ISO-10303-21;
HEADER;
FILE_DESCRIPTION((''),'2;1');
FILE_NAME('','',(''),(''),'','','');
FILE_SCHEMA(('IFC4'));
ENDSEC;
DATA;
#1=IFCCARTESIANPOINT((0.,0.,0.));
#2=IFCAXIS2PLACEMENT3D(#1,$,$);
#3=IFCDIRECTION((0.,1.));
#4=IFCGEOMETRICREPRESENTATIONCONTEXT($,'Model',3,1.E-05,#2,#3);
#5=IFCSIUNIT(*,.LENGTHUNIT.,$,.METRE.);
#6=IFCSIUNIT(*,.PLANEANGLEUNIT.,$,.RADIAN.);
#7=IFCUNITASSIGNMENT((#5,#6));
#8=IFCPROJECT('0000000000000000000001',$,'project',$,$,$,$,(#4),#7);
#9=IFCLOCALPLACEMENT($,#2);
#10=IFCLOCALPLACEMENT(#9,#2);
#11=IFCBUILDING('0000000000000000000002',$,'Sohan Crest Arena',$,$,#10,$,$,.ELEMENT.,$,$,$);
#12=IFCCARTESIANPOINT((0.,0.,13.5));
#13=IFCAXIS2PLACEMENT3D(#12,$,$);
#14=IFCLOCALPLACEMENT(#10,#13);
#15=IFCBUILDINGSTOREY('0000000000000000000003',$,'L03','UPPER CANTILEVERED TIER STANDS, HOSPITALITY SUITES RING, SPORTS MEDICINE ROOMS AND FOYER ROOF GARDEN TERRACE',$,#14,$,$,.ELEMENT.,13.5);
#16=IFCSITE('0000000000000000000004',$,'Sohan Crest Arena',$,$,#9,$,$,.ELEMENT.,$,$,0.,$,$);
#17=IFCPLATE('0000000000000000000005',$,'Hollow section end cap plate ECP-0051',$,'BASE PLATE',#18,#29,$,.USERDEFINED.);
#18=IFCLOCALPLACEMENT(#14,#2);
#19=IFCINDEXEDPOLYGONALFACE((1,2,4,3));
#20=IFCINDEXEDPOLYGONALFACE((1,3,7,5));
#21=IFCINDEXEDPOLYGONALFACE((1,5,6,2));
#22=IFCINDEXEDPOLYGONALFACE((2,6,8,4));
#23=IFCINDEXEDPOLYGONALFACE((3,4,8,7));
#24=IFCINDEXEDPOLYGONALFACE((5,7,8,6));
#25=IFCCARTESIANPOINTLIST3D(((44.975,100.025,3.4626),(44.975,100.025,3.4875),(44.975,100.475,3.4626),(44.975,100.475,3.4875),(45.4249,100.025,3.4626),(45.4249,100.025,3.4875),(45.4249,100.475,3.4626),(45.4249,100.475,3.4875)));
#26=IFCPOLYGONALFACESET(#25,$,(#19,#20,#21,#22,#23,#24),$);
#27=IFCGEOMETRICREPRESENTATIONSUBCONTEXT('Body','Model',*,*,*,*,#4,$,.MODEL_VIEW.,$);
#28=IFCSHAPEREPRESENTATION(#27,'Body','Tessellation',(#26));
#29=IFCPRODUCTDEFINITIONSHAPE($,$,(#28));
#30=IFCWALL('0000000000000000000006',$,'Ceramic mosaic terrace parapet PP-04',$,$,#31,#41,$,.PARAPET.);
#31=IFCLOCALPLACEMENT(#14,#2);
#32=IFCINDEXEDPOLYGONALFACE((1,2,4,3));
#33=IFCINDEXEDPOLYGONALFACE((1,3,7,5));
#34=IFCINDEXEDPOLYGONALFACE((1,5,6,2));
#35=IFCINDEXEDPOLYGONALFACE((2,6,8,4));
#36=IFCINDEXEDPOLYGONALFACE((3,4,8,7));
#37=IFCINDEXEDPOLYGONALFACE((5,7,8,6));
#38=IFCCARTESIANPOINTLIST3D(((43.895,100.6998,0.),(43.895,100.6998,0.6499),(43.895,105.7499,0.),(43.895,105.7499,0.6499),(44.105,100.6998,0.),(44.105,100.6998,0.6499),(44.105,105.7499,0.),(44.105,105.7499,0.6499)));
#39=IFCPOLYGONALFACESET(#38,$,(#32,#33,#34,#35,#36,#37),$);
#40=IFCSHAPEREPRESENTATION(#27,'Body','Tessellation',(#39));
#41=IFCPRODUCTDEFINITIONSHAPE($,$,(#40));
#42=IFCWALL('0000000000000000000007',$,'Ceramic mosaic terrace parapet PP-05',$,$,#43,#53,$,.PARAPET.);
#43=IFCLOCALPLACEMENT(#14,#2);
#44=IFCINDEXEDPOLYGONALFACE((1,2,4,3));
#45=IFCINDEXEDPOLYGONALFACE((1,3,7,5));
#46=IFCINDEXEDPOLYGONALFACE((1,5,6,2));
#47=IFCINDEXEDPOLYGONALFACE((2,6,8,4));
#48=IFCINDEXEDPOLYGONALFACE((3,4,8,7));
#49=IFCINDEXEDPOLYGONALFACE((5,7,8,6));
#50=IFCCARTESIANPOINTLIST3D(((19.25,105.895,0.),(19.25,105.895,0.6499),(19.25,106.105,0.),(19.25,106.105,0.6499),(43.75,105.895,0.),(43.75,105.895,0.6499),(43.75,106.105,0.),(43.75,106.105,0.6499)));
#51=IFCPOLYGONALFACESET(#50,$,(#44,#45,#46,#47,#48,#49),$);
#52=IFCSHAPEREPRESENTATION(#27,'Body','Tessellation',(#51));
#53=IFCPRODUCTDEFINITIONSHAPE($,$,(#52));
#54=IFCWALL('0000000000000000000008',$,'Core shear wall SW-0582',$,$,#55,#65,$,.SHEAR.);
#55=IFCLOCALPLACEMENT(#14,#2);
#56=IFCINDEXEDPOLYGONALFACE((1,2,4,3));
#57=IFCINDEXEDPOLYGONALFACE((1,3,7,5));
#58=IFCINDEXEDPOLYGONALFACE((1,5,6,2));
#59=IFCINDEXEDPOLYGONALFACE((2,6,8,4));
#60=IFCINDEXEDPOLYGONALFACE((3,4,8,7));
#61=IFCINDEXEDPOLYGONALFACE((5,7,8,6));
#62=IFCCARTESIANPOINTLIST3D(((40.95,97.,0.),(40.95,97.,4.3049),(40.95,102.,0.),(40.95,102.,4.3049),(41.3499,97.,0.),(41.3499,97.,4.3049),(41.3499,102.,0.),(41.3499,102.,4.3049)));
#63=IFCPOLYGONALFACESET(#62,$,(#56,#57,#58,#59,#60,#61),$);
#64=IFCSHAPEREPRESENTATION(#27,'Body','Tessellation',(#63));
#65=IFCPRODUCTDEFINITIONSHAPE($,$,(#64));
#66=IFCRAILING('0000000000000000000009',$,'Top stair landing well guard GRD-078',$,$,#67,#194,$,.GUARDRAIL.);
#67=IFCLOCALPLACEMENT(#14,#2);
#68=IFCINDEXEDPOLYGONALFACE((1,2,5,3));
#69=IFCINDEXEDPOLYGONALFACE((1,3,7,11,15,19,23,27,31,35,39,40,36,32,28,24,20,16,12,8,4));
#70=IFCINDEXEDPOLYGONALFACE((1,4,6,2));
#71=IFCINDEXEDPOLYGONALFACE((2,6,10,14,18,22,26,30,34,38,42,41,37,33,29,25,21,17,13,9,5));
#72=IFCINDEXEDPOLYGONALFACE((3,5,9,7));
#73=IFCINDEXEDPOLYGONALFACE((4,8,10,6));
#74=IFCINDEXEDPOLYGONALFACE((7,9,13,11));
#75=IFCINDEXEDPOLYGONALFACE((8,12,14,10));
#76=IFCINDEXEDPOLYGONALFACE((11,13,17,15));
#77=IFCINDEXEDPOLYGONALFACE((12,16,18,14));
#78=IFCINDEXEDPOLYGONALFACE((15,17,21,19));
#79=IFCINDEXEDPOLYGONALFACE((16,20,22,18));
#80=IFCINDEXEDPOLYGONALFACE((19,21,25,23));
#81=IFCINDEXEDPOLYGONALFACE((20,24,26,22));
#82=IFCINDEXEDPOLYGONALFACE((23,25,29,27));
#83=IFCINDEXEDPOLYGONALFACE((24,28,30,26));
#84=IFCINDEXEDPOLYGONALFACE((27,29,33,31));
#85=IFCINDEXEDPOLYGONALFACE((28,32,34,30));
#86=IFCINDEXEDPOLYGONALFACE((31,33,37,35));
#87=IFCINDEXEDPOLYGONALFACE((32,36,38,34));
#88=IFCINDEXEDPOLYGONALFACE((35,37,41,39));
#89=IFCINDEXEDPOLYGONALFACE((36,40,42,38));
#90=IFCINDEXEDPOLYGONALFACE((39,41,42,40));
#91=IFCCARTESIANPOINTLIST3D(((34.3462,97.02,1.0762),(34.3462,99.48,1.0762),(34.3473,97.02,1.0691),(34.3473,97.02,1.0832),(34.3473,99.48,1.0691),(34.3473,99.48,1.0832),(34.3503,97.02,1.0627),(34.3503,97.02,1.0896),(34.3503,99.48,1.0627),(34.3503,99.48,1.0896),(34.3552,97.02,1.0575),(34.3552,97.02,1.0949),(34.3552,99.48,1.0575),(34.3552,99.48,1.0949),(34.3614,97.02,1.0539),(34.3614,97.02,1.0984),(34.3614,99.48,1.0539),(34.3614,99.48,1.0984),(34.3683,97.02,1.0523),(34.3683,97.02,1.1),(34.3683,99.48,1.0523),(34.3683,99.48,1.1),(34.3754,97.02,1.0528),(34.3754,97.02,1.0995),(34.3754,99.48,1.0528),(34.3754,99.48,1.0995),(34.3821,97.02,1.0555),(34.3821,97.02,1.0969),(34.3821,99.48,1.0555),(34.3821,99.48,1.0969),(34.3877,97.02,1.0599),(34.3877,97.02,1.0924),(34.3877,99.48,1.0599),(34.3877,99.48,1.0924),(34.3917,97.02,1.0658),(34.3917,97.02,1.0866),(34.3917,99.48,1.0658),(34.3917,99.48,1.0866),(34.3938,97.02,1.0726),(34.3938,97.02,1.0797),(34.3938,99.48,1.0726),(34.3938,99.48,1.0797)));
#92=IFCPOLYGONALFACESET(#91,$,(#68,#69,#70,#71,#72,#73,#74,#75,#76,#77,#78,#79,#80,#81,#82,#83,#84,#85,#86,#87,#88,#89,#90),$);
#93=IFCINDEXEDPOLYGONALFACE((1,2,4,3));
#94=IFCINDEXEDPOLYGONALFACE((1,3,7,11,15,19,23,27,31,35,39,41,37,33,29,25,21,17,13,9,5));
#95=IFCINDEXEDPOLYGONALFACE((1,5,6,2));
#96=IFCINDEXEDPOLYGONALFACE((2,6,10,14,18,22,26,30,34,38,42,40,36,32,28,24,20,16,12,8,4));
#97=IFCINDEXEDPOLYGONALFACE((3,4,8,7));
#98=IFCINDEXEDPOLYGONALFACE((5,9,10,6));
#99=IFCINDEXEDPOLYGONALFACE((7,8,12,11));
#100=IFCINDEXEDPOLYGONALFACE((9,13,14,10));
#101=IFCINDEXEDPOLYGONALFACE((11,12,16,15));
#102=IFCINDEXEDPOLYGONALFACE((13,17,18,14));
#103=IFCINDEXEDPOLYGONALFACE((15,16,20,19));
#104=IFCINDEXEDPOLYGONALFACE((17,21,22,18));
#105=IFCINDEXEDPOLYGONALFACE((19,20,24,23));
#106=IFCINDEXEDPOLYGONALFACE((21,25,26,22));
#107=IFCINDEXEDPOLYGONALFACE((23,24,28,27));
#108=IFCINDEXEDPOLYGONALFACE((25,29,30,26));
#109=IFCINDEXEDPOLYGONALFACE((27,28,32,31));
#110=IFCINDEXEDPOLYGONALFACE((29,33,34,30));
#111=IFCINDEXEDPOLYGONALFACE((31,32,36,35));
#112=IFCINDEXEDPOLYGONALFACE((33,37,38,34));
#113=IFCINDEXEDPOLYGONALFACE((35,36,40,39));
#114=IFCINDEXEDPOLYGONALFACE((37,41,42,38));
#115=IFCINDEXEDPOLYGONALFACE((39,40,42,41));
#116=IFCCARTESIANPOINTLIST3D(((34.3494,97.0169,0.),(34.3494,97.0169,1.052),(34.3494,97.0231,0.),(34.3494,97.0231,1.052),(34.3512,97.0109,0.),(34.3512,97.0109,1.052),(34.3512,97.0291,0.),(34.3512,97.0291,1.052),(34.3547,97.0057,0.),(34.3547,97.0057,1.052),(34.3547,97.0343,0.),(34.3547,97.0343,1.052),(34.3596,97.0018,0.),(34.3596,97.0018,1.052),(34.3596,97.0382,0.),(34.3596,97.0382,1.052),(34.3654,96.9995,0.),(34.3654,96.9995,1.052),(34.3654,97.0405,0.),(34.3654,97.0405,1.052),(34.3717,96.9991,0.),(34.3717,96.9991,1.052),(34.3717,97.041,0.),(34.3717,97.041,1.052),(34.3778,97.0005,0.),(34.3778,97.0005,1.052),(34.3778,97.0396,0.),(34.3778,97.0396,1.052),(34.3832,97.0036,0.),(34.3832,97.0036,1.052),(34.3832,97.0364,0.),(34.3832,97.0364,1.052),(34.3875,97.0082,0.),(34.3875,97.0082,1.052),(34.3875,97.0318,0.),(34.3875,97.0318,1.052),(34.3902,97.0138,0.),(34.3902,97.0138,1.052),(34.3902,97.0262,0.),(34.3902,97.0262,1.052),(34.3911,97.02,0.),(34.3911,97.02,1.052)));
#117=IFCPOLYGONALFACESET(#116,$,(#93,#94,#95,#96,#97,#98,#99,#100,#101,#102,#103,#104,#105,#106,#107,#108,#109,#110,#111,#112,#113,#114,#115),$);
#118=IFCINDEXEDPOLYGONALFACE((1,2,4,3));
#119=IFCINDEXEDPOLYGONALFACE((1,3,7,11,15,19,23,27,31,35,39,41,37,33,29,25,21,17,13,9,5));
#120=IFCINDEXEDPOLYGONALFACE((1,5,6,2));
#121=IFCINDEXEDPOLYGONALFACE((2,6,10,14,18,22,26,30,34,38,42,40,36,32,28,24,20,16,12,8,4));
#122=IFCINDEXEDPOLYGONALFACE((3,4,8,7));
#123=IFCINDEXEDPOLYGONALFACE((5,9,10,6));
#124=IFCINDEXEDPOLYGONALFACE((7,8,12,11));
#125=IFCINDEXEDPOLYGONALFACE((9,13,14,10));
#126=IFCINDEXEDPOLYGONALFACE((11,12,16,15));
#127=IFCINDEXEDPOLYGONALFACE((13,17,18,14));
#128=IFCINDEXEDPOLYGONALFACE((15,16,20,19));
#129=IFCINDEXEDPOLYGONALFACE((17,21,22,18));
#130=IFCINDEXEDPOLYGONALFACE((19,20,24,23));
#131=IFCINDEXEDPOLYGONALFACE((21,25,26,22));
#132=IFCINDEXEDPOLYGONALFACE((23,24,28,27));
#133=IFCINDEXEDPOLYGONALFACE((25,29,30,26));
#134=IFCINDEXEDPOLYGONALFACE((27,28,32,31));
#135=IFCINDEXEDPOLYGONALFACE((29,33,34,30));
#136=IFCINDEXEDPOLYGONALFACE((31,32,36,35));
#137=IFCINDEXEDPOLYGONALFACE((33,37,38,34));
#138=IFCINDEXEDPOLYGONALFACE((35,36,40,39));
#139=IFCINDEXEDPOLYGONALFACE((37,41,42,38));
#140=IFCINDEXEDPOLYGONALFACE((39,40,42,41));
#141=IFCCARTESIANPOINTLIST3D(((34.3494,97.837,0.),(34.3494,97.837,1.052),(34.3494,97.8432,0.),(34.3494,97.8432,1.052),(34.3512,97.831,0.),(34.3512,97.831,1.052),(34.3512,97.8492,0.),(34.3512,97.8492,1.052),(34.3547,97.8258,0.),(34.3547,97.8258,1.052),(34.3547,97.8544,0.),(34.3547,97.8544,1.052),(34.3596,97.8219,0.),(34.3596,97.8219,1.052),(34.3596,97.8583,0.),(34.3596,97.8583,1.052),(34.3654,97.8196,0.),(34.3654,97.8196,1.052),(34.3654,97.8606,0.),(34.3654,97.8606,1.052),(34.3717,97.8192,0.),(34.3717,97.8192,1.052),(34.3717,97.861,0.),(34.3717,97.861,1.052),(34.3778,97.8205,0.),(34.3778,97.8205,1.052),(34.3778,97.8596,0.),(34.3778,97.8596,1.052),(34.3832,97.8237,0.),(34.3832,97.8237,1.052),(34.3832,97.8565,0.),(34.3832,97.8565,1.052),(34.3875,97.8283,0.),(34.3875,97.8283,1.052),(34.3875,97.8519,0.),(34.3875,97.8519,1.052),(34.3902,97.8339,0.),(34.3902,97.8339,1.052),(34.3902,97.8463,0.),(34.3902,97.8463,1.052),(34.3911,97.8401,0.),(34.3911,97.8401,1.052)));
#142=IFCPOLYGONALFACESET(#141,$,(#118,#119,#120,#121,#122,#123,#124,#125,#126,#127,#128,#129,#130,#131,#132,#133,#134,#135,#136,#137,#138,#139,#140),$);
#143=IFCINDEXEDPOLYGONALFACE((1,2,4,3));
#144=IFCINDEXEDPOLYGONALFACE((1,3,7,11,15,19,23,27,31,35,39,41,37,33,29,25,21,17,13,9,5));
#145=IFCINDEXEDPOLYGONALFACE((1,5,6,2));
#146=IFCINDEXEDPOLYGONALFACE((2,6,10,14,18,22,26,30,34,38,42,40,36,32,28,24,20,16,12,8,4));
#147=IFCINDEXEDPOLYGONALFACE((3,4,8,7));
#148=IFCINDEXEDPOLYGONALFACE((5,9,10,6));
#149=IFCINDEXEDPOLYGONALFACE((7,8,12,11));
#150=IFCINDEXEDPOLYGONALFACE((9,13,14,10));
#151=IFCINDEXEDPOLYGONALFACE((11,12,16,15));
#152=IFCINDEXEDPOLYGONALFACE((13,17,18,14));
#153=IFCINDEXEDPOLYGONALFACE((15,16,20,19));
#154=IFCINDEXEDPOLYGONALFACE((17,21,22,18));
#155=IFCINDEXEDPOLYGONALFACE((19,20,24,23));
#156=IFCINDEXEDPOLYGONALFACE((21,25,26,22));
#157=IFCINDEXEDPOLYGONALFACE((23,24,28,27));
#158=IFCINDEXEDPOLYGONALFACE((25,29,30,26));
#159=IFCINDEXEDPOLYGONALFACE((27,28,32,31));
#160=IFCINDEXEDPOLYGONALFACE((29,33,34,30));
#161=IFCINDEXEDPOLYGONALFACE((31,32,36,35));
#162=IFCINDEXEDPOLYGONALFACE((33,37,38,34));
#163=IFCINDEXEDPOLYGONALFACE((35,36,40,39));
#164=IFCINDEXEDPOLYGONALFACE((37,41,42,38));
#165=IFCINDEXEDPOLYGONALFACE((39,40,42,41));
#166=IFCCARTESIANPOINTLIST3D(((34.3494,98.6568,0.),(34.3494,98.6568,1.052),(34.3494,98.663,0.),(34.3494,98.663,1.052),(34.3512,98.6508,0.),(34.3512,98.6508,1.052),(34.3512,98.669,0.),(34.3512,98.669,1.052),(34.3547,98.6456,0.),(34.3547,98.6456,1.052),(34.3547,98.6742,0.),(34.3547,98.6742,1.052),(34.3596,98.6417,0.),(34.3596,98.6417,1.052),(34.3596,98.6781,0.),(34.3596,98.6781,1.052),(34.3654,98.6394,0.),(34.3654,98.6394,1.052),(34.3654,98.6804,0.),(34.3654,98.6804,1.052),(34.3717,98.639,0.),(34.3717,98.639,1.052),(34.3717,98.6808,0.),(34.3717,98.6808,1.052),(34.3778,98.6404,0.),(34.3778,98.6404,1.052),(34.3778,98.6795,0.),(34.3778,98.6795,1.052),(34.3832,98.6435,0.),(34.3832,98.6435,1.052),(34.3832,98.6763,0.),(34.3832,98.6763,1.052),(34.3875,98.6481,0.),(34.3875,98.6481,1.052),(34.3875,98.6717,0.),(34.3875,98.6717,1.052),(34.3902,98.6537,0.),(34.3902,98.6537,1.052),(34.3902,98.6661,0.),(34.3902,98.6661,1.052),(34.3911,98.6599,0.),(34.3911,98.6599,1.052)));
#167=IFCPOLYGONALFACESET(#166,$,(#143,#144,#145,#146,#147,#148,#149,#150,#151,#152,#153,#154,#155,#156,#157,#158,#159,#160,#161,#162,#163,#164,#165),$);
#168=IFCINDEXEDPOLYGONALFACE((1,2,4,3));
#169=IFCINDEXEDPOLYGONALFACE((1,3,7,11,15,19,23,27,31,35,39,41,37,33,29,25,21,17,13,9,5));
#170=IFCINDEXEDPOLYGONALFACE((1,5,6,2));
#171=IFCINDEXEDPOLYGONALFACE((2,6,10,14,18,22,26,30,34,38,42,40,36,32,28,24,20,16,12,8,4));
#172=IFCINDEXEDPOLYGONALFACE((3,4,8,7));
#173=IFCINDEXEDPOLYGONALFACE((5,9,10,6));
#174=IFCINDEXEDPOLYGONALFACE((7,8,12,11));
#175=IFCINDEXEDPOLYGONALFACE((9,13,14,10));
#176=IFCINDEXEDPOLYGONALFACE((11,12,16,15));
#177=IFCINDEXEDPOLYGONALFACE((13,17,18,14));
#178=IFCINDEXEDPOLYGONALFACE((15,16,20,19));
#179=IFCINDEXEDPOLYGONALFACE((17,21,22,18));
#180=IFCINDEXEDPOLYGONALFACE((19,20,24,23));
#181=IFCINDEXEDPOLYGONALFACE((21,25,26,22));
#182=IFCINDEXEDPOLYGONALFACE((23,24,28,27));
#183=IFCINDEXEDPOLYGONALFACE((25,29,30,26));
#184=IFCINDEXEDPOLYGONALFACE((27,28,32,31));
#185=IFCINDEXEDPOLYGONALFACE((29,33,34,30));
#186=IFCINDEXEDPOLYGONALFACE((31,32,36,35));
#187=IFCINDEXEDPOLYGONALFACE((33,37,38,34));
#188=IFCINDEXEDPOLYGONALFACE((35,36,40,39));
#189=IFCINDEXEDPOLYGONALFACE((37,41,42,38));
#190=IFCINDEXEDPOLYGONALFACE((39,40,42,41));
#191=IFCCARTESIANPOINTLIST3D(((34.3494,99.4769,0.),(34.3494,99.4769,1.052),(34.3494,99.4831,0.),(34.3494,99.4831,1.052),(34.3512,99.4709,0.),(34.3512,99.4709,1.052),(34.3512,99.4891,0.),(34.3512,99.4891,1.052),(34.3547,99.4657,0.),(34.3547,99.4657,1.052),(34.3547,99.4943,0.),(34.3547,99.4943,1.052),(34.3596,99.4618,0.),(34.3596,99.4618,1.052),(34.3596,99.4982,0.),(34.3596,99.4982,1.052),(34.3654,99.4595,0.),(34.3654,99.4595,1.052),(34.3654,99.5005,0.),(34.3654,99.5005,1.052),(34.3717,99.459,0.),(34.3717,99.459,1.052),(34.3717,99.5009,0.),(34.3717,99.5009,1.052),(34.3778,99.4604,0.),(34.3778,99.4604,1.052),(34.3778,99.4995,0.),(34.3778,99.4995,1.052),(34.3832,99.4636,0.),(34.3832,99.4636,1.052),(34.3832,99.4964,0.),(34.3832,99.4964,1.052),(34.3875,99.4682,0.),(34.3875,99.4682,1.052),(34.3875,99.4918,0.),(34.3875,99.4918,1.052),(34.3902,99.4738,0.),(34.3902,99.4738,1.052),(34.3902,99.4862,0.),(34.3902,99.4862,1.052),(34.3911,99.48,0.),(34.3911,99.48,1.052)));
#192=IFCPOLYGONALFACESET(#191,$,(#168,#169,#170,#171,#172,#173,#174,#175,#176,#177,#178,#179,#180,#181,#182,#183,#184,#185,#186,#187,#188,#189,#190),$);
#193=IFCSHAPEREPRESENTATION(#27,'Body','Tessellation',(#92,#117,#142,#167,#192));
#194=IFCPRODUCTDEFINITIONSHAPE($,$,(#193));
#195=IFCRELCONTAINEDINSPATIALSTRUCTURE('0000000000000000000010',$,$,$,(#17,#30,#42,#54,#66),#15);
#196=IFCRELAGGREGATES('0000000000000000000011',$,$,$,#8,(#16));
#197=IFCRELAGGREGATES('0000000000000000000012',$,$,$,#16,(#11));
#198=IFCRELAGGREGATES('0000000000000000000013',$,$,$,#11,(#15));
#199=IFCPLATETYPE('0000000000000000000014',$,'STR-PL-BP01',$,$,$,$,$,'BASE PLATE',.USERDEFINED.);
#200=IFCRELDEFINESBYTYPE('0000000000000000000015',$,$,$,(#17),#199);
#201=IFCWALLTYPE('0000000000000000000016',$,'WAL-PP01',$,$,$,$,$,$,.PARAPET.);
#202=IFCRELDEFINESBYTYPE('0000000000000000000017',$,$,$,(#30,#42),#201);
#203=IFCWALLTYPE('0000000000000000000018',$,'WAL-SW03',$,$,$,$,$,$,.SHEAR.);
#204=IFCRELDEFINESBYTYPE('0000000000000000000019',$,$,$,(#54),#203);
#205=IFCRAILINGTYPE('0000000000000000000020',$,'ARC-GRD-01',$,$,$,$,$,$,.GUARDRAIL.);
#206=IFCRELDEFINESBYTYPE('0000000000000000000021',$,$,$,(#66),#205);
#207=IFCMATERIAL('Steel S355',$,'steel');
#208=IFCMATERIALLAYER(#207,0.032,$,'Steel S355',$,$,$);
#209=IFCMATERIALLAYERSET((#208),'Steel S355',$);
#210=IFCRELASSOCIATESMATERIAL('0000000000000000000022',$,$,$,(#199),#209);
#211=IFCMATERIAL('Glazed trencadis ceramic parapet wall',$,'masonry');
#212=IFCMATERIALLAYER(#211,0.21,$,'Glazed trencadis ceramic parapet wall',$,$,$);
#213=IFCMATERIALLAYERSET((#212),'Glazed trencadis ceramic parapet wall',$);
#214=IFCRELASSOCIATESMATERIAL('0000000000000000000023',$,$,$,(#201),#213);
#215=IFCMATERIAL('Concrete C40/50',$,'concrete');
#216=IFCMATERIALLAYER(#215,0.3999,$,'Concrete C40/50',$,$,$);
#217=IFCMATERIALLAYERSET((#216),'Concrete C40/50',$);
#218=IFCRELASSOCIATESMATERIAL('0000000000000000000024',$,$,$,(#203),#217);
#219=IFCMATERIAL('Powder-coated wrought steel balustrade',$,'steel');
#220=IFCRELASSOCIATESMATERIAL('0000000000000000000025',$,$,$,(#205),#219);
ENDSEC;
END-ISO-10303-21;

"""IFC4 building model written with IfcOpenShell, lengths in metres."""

from ifc_helpers import new_model, si_unit, direction, frame, frame_2d, origin, origin_2d, place, context, subcontext, project, spatial, rectangle, circle, extrude, material, layer, layer_set, type_object, element, save


model = new_model("IFC4")

# Units and contexts
model_context = context("Model", 3, precision=1e-05, world=origin(), true_north=direction((0.0, 1.0)))
body_context = subcontext(model_context, "Body", "Model", "MODEL_VIEW")
ifc_project = project(units=[si_unit("LENGTHUNIT", "METRE"), si_unit("PLANEANGLEUNIT", "RADIAN")], contexts=[model_context])

# Site, building, storey
site_placement = place(None, origin())
site = spatial("IfcSite", under=ifc_project, at=site_placement, Name="Sohan Crest Arena", CompositionType="ELEMENT", RefElevation=0.0)
building_placement = place(site_placement, origin())
building = spatial("IfcBuilding", under=site, at=building_placement, Name="Sohan Crest Arena", CompositionType="ELEMENT")
storey_placement = place(building_placement, frame((0.0, 0.0, 13.5)))
storey = spatial("IfcBuildingStorey", under=building, at=storey_placement, Name="L03", Description="UPPER CANTILEVERED TIER STANDS, HOSPITALITY SUITES RING, SPORTS MEDICINE ROOMS AND FOYER ROOF GARDEN TERRACE", CompositionType="ELEMENT", Elevation=13.5)

# Shared definitions
ifc_material_1 = material(Name="Concrete C40/50", Category="concrete")
ifc_material_2 = material(Name="Steel S355", Category="steel")

# Plate
ifc_layer_1 = layer(ifc_material_2, 0.032, Name="Steel S355")
ifc_layer_set_1 = layer_set([ifc_layer_1], Name="Steel S355")
plate_type = type_object("IfcPlateType", Name="STR-PL-BP01", ElementType="BASE PLATE", PredefinedType="USERDEFINED", material=ifc_layer_set_1)
for number, where, z_axis, x_axis, name in (
    (1, (45.2, 100.25, 3.4626), (0.0, 0.0, 1.0), (1.0, 0.0, 0.0), "Hollow section end cap plate ECP-0051"),
):
    element("IfcPlate", number, at=place(storey_placement, frame(where, z_axis=z_axis, x_axis=x_axis)), inside=storey, type_object=plate_type, Name=name, ObjectType="BASE PLATE", PredefinedType="USERDEFINED", context=body_context, shape_type="SweptSolid", body=[
        extrude(rectangle(XDim=0.45, YDim=0.45, at=origin_2d()), origin(), (0.0, 0.0, 1.0), 0.0249),
    ])

# Walls
ifc_material_3 = material(Name="Glazed trencadis ceramic parapet wall", Category="masonry")
ifc_layer_2 = layer(ifc_material_3, 0.21, Name="Glazed trencadis ceramic parapet wall")
ifc_layer_set_2 = layer_set([ifc_layer_2], Name="Glazed trencadis ceramic parapet wall")
wall_type_1 = type_object("IfcWallType", Name="WAL-PP01", PredefinedType="PARAPET", material=ifc_layer_set_2)
wall_1_placement = place(storey_placement, frame((44.0, 100.7, 0.0), z_axis=(0.0, 0.0, 1.0), x_axis=(0.0, 1.0, 0.0)))
element("IfcWall", 2, at=wall_1_placement, inside=storey, type_object=wall_type_1, Name="Ceramic mosaic terrace parapet PP-04", PredefinedType="PARAPET", context=body_context, shape_type="SweptSolid", body=[
    extrude(rectangle(XDim=5.05, YDim=0.21, at=frame_2d((2.5249, 0.0))), origin(), (0.0, 0.0, 1.0), 0.6499),
])
wall_2_placement = place(storey_placement, frame((43.75, 106.0, 0.0), z_axis=(0.0, 0.0, 1.0), x_axis=(-1.0, 0.0, 0.0)))
element("IfcWall", 3, at=wall_2_placement, inside=storey, type_object=wall_type_1, Name="Ceramic mosaic terrace parapet PP-05", PredefinedType="PARAPET", context=body_context, shape_type="SweptSolid", body=[
    extrude(rectangle(XDim=24.5, YDim=0.21, at=frame_2d((12.25, 0.0))), origin(), (0.0, 0.0, 1.0), 0.6499),
])
ifc_layer_3 = layer(ifc_material_1, 0.3999, Name="Concrete C40/50")
ifc_layer_set_3 = layer_set([ifc_layer_3], Name="Concrete C40/50")
wall_type_2 = type_object("IfcWallType", Name="WAL-SW03", PredefinedType="SHEAR", material=ifc_layer_set_3)
wall_3_placement = place(storey_placement, frame((41.1499, 97.0, 0.0), z_axis=(0.0, 0.0, 1.0), x_axis=(0.0, 1.0, 0.0)))
element("IfcWall", 4, at=wall_3_placement, inside=storey, type_object=wall_type_2, Name="Core shear wall SW-0582", PredefinedType="SHEAR", context=body_context, shape_type="SweptSolid", body=[
    extrude(rectangle(XDim=5.0, YDim=0.3999, at=frame_2d((2.5, 0.0))), origin(), (0.0, 0.0, 1.0), 4.3049),
])

# Railing
ifc_material_4 = material(Name="Powder-coated wrought steel balustrade", Category="steel")
railing_type = type_object("IfcRailingType", Name="ARC-GRD-01", PredefinedType="GUARDRAIL", material=ifc_material_4)
railing_1_placement = place(storey_placement, frame((34.3701, 97.02, 0.0)))
element("IfcRailing", 5, at=railing_1_placement, inside=storey, type_object=railing_type, Name="Top stair landing well guard GRD-078", PredefinedType="GUARDRAIL", context=body_context, shape_type="SweptSolid", body=[
    extrude(circle(Radius=0.0239, at=origin_2d()), frame((0.0, 0.0, 1.0762), z_axis=(0.0, 1.0, 0.0), x_axis=(-1.0, 0.0, 0.0)), (0.0, 0.0, 1.0), 2.46),
    extrude(circle(Radius=0.021, at=origin_2d()), origin(), (0.0, 0.0, 1.0), 1.052),
    extrude(circle(Radius=0.021, at=origin_2d()), frame((0.0, 0.8201, 0.0)), (0.0, 0.0, 1.0), 1.052),
    extrude(circle(Radius=0.021, at=origin_2d()), frame((0.0, 1.6399, 0.0)), (0.0, 0.0, 1.0), 1.052),
    extrude(circle(Radius=0.021, at=origin_2d()), frame((0.0, 2.46, 0.0)), (0.0, 0.0, 1.0), 1.052),
])

save(model, "model.ifc")
